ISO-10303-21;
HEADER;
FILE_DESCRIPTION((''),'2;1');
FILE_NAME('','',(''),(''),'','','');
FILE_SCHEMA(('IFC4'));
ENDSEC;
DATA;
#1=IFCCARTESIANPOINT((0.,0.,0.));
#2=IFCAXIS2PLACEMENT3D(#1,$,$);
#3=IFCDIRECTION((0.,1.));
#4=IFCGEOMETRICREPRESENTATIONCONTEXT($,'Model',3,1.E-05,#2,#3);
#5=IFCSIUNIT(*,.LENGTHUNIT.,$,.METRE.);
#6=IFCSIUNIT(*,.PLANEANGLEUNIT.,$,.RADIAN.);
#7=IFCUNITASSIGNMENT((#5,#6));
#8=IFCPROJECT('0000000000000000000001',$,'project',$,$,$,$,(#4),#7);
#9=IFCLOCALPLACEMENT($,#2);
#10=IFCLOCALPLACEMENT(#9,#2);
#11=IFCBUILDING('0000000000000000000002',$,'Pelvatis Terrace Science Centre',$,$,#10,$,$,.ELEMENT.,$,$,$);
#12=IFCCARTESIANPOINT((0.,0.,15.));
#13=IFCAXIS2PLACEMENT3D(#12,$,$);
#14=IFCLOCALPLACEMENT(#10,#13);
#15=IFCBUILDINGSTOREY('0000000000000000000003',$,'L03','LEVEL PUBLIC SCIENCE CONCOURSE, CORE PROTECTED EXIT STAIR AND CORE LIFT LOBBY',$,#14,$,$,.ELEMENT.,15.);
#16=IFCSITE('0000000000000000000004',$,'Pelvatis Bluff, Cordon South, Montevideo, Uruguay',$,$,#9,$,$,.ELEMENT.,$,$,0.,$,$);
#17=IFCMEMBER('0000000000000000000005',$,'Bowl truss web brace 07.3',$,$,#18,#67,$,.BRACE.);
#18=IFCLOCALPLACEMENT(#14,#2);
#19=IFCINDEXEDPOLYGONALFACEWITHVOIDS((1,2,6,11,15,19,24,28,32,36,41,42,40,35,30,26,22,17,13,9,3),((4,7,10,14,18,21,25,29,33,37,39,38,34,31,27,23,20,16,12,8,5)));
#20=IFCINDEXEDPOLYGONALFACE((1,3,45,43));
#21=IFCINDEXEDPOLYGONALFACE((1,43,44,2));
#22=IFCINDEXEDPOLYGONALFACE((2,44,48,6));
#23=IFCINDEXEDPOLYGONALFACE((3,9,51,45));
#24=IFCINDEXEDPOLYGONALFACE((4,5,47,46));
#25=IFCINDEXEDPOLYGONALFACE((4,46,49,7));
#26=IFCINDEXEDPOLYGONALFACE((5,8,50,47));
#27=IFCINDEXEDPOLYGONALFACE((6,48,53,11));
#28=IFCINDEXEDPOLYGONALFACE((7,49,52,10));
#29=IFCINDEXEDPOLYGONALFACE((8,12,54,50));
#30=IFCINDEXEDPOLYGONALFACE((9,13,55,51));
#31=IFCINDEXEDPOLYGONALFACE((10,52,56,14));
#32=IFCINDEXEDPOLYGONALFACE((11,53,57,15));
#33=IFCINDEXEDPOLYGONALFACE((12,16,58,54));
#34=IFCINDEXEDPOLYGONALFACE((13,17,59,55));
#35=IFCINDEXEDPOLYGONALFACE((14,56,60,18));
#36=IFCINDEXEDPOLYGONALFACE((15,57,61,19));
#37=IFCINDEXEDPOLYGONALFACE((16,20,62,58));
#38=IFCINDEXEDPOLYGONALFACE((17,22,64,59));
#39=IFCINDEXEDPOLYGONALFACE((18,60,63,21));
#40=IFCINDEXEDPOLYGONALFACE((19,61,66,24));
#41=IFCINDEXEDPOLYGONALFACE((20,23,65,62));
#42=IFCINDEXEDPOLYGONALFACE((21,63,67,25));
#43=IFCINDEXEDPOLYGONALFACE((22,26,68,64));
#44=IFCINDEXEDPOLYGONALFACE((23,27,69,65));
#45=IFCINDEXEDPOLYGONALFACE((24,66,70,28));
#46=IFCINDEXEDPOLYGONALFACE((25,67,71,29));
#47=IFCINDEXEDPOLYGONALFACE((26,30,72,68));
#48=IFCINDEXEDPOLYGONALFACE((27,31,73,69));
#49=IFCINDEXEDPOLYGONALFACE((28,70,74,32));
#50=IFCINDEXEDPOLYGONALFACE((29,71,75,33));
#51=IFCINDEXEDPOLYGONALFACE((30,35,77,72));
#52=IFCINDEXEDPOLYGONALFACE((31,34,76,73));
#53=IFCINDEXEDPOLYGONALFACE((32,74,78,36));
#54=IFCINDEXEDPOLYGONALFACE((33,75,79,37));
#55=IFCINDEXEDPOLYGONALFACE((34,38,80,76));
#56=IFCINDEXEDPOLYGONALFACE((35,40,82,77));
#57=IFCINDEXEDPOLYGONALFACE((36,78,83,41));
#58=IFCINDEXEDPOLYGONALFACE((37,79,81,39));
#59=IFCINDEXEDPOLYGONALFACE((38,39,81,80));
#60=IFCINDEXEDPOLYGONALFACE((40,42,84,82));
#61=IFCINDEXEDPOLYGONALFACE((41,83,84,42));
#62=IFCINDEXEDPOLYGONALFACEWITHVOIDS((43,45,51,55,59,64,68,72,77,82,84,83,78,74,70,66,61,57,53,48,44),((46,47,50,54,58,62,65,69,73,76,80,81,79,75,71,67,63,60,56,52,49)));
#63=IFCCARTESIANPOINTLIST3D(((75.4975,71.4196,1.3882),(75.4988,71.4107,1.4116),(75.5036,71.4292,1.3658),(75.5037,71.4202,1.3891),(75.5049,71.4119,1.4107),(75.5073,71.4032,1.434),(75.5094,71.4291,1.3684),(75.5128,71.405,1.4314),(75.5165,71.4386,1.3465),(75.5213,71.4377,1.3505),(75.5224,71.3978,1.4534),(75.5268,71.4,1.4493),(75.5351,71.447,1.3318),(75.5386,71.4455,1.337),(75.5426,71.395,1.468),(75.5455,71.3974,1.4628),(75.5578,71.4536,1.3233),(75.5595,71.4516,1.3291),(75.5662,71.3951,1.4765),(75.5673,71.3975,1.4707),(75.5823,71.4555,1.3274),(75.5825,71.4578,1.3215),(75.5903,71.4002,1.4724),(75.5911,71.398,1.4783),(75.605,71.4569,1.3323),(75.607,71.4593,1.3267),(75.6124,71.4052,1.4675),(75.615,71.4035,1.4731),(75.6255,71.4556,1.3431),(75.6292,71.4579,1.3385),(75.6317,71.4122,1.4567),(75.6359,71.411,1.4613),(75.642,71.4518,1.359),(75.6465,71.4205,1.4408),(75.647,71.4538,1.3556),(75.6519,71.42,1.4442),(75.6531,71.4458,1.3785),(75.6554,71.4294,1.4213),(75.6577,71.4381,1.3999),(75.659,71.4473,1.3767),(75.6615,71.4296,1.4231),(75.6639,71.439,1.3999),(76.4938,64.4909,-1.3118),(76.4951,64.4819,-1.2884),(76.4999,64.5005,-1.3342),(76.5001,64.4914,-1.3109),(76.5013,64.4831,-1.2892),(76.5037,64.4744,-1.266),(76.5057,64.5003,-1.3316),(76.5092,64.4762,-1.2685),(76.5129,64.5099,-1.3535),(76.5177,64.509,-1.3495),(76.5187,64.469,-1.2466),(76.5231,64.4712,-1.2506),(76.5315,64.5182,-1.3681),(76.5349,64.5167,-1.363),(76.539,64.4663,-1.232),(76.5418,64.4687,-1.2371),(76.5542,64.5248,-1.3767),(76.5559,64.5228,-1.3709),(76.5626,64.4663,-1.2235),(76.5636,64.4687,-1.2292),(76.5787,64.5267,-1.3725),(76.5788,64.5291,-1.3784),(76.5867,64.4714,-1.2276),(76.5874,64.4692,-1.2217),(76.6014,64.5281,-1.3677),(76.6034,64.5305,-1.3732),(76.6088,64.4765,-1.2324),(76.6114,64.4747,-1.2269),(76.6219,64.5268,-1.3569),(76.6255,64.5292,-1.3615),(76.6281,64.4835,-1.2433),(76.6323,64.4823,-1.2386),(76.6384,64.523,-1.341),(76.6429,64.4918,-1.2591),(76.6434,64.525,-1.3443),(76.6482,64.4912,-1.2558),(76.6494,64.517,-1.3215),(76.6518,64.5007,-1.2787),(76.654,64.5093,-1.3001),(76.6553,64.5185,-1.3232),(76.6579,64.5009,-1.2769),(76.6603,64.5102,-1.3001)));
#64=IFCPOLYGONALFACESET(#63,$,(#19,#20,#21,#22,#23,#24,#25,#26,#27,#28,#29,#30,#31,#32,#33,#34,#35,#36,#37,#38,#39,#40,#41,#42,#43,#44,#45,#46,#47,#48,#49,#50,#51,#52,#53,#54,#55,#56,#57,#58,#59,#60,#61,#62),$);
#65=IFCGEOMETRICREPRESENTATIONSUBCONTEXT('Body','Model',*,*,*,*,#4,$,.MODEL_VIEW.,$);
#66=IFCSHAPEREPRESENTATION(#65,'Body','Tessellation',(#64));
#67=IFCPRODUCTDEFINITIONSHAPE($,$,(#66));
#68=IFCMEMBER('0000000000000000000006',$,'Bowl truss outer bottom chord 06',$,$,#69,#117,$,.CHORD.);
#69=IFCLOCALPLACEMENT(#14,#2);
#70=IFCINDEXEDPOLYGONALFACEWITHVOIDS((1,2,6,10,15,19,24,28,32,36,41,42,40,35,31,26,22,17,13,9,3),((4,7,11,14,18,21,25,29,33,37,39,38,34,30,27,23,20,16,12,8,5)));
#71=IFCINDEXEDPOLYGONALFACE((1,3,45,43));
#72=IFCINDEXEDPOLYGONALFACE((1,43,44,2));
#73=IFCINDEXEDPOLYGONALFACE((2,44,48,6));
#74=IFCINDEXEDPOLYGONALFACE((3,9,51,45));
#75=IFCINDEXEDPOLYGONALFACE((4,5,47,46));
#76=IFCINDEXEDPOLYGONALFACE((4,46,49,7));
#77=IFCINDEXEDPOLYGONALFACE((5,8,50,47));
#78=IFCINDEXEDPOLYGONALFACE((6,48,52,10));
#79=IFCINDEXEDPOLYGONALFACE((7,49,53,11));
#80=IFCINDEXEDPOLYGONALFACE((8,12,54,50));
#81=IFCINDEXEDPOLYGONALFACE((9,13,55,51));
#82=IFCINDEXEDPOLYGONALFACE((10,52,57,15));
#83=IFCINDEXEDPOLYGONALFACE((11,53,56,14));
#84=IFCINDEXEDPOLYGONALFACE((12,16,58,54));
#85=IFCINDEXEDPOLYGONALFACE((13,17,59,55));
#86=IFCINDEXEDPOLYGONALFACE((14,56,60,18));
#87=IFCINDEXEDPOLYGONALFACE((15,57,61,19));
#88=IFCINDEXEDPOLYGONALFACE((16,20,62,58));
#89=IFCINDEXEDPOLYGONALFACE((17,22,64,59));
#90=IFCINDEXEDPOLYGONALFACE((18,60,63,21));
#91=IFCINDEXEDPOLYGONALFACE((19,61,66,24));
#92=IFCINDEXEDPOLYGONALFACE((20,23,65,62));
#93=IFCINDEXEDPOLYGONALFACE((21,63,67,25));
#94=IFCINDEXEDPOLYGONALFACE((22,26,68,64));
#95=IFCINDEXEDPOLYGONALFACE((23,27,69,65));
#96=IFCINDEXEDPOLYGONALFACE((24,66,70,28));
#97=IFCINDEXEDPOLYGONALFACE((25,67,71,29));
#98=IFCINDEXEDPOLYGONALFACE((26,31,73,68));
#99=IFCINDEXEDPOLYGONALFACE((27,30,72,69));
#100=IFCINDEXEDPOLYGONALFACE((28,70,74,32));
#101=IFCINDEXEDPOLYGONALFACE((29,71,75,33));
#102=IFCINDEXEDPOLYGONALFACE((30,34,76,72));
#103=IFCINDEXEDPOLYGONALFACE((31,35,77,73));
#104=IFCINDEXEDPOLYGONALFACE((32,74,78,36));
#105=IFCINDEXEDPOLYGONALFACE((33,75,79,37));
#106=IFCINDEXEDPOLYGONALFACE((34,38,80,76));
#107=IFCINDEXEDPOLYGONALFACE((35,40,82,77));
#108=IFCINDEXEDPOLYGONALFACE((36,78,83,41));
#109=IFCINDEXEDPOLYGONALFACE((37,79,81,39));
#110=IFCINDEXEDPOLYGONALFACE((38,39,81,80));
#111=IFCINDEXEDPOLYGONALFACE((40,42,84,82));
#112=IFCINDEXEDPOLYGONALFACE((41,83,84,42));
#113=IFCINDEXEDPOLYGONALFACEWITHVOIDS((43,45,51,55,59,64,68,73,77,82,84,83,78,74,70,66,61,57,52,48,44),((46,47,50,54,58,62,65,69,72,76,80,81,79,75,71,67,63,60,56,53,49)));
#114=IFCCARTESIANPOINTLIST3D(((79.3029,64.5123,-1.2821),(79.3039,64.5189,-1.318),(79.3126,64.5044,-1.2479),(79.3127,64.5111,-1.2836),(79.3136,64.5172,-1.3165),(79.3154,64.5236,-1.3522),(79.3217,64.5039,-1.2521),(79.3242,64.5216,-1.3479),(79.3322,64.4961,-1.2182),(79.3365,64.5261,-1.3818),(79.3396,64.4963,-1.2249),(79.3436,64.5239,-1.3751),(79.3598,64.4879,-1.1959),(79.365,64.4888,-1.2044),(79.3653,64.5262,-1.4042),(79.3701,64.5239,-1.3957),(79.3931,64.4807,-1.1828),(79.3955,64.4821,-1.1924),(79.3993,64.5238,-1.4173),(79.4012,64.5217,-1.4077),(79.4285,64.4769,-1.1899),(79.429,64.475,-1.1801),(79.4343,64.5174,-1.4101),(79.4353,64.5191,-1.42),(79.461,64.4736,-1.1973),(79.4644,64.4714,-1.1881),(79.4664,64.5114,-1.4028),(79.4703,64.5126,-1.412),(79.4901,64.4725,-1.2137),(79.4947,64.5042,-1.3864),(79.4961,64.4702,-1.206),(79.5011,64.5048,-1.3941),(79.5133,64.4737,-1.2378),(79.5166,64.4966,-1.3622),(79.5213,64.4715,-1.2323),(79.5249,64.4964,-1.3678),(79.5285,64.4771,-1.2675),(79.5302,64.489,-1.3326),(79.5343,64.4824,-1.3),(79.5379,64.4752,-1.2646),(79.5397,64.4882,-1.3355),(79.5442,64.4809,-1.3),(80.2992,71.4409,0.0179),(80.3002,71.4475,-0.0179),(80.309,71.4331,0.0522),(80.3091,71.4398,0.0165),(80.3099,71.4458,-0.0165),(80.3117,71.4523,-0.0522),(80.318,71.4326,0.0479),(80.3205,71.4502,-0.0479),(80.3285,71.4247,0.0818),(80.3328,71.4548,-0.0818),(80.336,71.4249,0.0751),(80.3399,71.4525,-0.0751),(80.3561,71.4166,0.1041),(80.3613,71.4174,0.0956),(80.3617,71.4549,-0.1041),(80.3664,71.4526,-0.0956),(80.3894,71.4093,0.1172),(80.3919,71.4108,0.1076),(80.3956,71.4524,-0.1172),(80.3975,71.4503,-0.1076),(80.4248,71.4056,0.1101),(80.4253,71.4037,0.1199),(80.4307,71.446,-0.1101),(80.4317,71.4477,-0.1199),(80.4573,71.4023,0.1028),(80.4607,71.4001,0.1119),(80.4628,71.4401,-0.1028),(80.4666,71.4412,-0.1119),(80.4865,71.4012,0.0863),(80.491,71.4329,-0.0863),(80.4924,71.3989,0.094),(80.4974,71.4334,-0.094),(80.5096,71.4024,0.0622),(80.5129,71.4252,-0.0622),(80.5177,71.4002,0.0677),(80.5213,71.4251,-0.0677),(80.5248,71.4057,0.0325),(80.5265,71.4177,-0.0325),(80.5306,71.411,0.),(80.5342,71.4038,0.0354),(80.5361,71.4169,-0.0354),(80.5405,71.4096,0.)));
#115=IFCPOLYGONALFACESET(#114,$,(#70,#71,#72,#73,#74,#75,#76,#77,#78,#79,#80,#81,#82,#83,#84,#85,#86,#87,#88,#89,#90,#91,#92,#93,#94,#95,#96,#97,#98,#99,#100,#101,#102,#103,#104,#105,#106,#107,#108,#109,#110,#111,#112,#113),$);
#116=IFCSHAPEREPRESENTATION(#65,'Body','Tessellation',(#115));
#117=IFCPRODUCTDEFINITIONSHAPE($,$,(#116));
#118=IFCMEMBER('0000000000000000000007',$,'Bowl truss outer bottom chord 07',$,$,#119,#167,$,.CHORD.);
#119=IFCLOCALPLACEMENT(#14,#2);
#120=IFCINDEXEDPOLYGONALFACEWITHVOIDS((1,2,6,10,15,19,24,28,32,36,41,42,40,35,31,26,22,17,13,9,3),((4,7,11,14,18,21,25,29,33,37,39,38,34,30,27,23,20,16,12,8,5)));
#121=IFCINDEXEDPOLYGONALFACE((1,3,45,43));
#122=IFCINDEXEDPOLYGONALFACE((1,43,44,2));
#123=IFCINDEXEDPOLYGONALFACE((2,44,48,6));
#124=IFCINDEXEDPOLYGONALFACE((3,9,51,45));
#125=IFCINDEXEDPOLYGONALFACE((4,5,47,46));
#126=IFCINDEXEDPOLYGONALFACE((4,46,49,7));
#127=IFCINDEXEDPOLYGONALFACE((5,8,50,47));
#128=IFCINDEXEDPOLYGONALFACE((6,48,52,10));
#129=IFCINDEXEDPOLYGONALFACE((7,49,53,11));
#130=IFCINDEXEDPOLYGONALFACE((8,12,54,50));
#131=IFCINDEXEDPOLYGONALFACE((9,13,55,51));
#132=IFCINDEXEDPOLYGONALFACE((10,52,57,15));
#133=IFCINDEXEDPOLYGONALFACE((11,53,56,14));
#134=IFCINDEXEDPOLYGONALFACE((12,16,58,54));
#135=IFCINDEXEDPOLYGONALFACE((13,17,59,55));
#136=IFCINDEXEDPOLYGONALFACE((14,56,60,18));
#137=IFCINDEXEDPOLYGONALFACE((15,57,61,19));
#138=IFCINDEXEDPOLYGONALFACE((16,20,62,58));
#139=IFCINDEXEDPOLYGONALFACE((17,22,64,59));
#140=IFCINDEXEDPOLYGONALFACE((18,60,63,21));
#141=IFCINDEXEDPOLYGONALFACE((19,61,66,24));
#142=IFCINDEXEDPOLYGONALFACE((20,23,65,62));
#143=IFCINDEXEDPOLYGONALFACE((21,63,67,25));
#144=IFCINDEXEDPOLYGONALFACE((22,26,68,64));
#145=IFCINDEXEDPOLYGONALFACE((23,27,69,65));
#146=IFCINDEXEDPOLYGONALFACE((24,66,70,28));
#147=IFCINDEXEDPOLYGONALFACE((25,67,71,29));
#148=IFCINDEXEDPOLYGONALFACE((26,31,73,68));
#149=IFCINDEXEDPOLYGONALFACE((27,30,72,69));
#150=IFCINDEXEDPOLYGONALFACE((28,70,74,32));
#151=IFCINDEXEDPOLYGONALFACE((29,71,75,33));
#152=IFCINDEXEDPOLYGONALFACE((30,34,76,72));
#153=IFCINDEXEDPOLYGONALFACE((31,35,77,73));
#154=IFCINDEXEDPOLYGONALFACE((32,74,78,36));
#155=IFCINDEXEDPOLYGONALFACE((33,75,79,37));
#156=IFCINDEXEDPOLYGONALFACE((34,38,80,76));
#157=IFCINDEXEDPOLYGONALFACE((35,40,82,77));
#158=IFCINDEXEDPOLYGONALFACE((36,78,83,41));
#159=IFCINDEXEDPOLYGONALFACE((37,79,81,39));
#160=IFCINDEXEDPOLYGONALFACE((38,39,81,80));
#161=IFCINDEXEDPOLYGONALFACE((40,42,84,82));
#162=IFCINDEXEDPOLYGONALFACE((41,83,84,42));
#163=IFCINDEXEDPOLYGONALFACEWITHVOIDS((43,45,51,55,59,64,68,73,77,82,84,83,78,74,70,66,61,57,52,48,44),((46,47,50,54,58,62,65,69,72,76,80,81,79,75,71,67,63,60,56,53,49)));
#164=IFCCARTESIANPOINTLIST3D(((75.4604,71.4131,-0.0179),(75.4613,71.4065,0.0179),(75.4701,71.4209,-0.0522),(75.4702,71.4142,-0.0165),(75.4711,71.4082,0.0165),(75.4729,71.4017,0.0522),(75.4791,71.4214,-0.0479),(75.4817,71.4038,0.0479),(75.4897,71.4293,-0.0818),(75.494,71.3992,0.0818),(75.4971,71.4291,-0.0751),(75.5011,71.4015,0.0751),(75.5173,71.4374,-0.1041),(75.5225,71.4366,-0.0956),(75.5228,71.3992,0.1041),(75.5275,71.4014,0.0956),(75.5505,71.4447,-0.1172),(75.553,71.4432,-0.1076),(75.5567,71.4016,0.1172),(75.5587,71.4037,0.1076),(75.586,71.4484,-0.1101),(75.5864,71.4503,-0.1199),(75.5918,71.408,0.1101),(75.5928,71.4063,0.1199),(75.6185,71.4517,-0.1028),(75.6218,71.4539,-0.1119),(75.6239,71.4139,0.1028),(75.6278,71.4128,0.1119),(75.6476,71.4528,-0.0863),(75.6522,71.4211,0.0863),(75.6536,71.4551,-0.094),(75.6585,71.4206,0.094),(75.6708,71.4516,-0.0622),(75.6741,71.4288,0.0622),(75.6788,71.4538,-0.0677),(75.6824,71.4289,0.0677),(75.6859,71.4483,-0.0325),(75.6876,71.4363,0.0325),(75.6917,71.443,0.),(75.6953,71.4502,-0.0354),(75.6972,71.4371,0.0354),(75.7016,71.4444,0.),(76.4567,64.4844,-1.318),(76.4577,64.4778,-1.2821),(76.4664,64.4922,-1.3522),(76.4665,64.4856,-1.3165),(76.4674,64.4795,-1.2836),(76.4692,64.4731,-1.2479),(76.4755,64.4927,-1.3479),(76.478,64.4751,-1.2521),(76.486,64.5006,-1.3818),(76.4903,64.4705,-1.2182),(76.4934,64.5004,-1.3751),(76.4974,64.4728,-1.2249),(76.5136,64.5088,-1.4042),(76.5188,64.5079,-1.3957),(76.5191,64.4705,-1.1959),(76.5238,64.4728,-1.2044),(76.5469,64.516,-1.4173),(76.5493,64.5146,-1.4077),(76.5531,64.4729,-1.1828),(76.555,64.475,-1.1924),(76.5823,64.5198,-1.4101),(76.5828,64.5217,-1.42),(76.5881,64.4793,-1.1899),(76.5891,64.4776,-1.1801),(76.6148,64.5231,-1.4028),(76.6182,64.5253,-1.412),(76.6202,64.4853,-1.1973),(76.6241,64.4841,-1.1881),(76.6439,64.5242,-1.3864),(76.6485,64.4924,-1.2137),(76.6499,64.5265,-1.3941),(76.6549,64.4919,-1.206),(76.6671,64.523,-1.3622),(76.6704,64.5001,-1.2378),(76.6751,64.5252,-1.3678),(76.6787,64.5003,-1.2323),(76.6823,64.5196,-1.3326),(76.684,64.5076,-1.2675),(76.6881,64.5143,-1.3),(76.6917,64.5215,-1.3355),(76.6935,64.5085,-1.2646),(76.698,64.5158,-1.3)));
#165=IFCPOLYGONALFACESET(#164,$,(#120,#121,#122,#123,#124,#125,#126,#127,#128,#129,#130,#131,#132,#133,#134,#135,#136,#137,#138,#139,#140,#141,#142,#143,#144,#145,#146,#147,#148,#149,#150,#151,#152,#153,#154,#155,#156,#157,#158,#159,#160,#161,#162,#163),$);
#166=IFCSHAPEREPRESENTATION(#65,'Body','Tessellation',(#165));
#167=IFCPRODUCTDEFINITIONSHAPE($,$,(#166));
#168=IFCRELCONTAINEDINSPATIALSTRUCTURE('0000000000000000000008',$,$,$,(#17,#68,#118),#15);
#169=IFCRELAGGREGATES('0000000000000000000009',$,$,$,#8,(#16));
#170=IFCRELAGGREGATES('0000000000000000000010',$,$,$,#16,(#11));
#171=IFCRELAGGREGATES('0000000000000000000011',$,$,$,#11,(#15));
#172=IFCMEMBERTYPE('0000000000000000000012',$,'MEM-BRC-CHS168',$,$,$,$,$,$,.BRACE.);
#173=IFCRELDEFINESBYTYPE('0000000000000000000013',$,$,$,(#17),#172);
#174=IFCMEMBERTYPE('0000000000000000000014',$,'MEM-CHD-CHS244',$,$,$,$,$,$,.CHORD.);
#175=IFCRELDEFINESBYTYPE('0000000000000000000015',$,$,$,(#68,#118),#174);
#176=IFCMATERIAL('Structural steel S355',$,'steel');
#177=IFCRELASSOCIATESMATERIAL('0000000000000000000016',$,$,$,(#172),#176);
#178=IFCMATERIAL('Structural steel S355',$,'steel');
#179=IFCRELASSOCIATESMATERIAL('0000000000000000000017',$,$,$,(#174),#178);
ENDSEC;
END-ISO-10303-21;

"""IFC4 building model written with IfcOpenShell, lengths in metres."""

from ifc_helpers import new_model, si_unit, direction, frame, origin, origin_2d, place, context, subcontext, project, spatial, hollow_circle, extrude, material, material_profile, profile_set, type_object, element, save


model = new_model("IFC4")

# Units and contexts
model_context = context("Model", 3, precision=1e-05, world=origin(), true_north=direction((0.0, 1.0)))
body_context = subcontext(model_context, "Body", "Model", "MODEL_VIEW")
ifc_project = project(units=[si_unit("LENGTHUNIT", "METRE"), si_unit("PLANEANGLEUNIT", "RADIAN")], contexts=[model_context])

# Site, building, storey
site_placement = place(None, origin())
site = spatial("IfcSite", under=ifc_project, at=site_placement, Name="Pelvatis Bluff, Cordon South, Montevideo, Uruguay", CompositionType="ELEMENT", RefElevation=0.0)
building_placement = place(site_placement, origin())
building = spatial("IfcBuilding", under=site, at=building_placement, Name="Pelvatis Terrace Science Centre", CompositionType="ELEMENT")
storey_placement = place(building_placement, frame((0.0, 0.0, 15.0)))
storey = spatial("IfcBuildingStorey", under=building, at=storey_placement, Name="L03", Description="LEVEL PUBLIC SCIENCE CONCOURSE, CORE PROTECTED EXIT STAIR AND CORE LIFT LOBBY", CompositionType="ELEMENT", Elevation=15.0)

# Members
ifc_material_1 = material(Name="Structural steel S355", Category="steel")
ifc_material_profile_1 = material_profile(ifc_material_1, hollow_circle(Radius=0.0842, WallThickness=0.0063, at=origin_2d()), Name="CHS 168.3x6.3")
ifc_profile_set_1 = profile_set([ifc_material_profile_1], Name="Structural steel S355")
member_type_1 = type_object("IfcMemberType", Name="MEM-BRC-CHS168", PredefinedType="BRACE", material=ifc_profile_set_1)
for number, where, z_axis, x_axis, name in (
    (1, (75.5806, 71.427, 1.3999), (0.132798, -0.923504, -0.359867), (0.989819, 0.142334, 0.0), "Bowl truss web brace 07.3"),
):
    element("IfcMember", number, at=place(storey_placement, frame(where, z_axis=z_axis, x_axis=x_axis)), inside=storey, type_object=member_type_1, Name=name, PredefinedType="BRACE", context=body_context, shape_type="SweptSolid", body=[
        extrude(hollow_circle(Radius=0.0842, WallThickness=0.0063, at=origin_2d()), origin(), (0.0, 0.0, 1.0), 7.5027),
    ])
ifc_material_2 = material(Name="Structural steel S355", Category="steel")
ifc_material_profile_2 = material_profile(ifc_material_2, hollow_circle(Radius=0.1223, WallThickness=0.01, at=origin_2d()), Name="CHS 244.5x10.0")
ifc_profile_set_2 = profile_set([ifc_material_profile_2], Name="Structural steel S355")
member_type_2 = type_object("IfcMemberType", Name="MEM-CHD-CHS244", PredefinedType="CHORD", material=ifc_profile_set_2)
for number, where, z_axis, x_axis, name in (
    (2, (80.4194, 71.427, 0.0), (-0.139941, -0.973177, -0.182599), (0.989819, -0.142334, 0.0), "Bowl truss outer bottom chord 06"),
    (3, (75.5806, 71.427, 0.0), (0.139941, -0.973177, -0.182599), (0.989819, 0.142334, 0.0), "Bowl truss outer bottom chord 07"),
):
    element("IfcMember", number, at=place(storey_placement, frame(where, z_axis=z_axis, x_axis=x_axis)), inside=storey, type_object=member_type_2, Name=name, PredefinedType="CHORD", context=body_context, shape_type="SweptSolid", body=[
        extrude(hollow_circle(Radius=0.1223, WallThickness=0.01, at=origin_2d()), origin(), (0.0, 0.0, 1.0), 7.1196),
    ])

save(model, "model.ifc")
